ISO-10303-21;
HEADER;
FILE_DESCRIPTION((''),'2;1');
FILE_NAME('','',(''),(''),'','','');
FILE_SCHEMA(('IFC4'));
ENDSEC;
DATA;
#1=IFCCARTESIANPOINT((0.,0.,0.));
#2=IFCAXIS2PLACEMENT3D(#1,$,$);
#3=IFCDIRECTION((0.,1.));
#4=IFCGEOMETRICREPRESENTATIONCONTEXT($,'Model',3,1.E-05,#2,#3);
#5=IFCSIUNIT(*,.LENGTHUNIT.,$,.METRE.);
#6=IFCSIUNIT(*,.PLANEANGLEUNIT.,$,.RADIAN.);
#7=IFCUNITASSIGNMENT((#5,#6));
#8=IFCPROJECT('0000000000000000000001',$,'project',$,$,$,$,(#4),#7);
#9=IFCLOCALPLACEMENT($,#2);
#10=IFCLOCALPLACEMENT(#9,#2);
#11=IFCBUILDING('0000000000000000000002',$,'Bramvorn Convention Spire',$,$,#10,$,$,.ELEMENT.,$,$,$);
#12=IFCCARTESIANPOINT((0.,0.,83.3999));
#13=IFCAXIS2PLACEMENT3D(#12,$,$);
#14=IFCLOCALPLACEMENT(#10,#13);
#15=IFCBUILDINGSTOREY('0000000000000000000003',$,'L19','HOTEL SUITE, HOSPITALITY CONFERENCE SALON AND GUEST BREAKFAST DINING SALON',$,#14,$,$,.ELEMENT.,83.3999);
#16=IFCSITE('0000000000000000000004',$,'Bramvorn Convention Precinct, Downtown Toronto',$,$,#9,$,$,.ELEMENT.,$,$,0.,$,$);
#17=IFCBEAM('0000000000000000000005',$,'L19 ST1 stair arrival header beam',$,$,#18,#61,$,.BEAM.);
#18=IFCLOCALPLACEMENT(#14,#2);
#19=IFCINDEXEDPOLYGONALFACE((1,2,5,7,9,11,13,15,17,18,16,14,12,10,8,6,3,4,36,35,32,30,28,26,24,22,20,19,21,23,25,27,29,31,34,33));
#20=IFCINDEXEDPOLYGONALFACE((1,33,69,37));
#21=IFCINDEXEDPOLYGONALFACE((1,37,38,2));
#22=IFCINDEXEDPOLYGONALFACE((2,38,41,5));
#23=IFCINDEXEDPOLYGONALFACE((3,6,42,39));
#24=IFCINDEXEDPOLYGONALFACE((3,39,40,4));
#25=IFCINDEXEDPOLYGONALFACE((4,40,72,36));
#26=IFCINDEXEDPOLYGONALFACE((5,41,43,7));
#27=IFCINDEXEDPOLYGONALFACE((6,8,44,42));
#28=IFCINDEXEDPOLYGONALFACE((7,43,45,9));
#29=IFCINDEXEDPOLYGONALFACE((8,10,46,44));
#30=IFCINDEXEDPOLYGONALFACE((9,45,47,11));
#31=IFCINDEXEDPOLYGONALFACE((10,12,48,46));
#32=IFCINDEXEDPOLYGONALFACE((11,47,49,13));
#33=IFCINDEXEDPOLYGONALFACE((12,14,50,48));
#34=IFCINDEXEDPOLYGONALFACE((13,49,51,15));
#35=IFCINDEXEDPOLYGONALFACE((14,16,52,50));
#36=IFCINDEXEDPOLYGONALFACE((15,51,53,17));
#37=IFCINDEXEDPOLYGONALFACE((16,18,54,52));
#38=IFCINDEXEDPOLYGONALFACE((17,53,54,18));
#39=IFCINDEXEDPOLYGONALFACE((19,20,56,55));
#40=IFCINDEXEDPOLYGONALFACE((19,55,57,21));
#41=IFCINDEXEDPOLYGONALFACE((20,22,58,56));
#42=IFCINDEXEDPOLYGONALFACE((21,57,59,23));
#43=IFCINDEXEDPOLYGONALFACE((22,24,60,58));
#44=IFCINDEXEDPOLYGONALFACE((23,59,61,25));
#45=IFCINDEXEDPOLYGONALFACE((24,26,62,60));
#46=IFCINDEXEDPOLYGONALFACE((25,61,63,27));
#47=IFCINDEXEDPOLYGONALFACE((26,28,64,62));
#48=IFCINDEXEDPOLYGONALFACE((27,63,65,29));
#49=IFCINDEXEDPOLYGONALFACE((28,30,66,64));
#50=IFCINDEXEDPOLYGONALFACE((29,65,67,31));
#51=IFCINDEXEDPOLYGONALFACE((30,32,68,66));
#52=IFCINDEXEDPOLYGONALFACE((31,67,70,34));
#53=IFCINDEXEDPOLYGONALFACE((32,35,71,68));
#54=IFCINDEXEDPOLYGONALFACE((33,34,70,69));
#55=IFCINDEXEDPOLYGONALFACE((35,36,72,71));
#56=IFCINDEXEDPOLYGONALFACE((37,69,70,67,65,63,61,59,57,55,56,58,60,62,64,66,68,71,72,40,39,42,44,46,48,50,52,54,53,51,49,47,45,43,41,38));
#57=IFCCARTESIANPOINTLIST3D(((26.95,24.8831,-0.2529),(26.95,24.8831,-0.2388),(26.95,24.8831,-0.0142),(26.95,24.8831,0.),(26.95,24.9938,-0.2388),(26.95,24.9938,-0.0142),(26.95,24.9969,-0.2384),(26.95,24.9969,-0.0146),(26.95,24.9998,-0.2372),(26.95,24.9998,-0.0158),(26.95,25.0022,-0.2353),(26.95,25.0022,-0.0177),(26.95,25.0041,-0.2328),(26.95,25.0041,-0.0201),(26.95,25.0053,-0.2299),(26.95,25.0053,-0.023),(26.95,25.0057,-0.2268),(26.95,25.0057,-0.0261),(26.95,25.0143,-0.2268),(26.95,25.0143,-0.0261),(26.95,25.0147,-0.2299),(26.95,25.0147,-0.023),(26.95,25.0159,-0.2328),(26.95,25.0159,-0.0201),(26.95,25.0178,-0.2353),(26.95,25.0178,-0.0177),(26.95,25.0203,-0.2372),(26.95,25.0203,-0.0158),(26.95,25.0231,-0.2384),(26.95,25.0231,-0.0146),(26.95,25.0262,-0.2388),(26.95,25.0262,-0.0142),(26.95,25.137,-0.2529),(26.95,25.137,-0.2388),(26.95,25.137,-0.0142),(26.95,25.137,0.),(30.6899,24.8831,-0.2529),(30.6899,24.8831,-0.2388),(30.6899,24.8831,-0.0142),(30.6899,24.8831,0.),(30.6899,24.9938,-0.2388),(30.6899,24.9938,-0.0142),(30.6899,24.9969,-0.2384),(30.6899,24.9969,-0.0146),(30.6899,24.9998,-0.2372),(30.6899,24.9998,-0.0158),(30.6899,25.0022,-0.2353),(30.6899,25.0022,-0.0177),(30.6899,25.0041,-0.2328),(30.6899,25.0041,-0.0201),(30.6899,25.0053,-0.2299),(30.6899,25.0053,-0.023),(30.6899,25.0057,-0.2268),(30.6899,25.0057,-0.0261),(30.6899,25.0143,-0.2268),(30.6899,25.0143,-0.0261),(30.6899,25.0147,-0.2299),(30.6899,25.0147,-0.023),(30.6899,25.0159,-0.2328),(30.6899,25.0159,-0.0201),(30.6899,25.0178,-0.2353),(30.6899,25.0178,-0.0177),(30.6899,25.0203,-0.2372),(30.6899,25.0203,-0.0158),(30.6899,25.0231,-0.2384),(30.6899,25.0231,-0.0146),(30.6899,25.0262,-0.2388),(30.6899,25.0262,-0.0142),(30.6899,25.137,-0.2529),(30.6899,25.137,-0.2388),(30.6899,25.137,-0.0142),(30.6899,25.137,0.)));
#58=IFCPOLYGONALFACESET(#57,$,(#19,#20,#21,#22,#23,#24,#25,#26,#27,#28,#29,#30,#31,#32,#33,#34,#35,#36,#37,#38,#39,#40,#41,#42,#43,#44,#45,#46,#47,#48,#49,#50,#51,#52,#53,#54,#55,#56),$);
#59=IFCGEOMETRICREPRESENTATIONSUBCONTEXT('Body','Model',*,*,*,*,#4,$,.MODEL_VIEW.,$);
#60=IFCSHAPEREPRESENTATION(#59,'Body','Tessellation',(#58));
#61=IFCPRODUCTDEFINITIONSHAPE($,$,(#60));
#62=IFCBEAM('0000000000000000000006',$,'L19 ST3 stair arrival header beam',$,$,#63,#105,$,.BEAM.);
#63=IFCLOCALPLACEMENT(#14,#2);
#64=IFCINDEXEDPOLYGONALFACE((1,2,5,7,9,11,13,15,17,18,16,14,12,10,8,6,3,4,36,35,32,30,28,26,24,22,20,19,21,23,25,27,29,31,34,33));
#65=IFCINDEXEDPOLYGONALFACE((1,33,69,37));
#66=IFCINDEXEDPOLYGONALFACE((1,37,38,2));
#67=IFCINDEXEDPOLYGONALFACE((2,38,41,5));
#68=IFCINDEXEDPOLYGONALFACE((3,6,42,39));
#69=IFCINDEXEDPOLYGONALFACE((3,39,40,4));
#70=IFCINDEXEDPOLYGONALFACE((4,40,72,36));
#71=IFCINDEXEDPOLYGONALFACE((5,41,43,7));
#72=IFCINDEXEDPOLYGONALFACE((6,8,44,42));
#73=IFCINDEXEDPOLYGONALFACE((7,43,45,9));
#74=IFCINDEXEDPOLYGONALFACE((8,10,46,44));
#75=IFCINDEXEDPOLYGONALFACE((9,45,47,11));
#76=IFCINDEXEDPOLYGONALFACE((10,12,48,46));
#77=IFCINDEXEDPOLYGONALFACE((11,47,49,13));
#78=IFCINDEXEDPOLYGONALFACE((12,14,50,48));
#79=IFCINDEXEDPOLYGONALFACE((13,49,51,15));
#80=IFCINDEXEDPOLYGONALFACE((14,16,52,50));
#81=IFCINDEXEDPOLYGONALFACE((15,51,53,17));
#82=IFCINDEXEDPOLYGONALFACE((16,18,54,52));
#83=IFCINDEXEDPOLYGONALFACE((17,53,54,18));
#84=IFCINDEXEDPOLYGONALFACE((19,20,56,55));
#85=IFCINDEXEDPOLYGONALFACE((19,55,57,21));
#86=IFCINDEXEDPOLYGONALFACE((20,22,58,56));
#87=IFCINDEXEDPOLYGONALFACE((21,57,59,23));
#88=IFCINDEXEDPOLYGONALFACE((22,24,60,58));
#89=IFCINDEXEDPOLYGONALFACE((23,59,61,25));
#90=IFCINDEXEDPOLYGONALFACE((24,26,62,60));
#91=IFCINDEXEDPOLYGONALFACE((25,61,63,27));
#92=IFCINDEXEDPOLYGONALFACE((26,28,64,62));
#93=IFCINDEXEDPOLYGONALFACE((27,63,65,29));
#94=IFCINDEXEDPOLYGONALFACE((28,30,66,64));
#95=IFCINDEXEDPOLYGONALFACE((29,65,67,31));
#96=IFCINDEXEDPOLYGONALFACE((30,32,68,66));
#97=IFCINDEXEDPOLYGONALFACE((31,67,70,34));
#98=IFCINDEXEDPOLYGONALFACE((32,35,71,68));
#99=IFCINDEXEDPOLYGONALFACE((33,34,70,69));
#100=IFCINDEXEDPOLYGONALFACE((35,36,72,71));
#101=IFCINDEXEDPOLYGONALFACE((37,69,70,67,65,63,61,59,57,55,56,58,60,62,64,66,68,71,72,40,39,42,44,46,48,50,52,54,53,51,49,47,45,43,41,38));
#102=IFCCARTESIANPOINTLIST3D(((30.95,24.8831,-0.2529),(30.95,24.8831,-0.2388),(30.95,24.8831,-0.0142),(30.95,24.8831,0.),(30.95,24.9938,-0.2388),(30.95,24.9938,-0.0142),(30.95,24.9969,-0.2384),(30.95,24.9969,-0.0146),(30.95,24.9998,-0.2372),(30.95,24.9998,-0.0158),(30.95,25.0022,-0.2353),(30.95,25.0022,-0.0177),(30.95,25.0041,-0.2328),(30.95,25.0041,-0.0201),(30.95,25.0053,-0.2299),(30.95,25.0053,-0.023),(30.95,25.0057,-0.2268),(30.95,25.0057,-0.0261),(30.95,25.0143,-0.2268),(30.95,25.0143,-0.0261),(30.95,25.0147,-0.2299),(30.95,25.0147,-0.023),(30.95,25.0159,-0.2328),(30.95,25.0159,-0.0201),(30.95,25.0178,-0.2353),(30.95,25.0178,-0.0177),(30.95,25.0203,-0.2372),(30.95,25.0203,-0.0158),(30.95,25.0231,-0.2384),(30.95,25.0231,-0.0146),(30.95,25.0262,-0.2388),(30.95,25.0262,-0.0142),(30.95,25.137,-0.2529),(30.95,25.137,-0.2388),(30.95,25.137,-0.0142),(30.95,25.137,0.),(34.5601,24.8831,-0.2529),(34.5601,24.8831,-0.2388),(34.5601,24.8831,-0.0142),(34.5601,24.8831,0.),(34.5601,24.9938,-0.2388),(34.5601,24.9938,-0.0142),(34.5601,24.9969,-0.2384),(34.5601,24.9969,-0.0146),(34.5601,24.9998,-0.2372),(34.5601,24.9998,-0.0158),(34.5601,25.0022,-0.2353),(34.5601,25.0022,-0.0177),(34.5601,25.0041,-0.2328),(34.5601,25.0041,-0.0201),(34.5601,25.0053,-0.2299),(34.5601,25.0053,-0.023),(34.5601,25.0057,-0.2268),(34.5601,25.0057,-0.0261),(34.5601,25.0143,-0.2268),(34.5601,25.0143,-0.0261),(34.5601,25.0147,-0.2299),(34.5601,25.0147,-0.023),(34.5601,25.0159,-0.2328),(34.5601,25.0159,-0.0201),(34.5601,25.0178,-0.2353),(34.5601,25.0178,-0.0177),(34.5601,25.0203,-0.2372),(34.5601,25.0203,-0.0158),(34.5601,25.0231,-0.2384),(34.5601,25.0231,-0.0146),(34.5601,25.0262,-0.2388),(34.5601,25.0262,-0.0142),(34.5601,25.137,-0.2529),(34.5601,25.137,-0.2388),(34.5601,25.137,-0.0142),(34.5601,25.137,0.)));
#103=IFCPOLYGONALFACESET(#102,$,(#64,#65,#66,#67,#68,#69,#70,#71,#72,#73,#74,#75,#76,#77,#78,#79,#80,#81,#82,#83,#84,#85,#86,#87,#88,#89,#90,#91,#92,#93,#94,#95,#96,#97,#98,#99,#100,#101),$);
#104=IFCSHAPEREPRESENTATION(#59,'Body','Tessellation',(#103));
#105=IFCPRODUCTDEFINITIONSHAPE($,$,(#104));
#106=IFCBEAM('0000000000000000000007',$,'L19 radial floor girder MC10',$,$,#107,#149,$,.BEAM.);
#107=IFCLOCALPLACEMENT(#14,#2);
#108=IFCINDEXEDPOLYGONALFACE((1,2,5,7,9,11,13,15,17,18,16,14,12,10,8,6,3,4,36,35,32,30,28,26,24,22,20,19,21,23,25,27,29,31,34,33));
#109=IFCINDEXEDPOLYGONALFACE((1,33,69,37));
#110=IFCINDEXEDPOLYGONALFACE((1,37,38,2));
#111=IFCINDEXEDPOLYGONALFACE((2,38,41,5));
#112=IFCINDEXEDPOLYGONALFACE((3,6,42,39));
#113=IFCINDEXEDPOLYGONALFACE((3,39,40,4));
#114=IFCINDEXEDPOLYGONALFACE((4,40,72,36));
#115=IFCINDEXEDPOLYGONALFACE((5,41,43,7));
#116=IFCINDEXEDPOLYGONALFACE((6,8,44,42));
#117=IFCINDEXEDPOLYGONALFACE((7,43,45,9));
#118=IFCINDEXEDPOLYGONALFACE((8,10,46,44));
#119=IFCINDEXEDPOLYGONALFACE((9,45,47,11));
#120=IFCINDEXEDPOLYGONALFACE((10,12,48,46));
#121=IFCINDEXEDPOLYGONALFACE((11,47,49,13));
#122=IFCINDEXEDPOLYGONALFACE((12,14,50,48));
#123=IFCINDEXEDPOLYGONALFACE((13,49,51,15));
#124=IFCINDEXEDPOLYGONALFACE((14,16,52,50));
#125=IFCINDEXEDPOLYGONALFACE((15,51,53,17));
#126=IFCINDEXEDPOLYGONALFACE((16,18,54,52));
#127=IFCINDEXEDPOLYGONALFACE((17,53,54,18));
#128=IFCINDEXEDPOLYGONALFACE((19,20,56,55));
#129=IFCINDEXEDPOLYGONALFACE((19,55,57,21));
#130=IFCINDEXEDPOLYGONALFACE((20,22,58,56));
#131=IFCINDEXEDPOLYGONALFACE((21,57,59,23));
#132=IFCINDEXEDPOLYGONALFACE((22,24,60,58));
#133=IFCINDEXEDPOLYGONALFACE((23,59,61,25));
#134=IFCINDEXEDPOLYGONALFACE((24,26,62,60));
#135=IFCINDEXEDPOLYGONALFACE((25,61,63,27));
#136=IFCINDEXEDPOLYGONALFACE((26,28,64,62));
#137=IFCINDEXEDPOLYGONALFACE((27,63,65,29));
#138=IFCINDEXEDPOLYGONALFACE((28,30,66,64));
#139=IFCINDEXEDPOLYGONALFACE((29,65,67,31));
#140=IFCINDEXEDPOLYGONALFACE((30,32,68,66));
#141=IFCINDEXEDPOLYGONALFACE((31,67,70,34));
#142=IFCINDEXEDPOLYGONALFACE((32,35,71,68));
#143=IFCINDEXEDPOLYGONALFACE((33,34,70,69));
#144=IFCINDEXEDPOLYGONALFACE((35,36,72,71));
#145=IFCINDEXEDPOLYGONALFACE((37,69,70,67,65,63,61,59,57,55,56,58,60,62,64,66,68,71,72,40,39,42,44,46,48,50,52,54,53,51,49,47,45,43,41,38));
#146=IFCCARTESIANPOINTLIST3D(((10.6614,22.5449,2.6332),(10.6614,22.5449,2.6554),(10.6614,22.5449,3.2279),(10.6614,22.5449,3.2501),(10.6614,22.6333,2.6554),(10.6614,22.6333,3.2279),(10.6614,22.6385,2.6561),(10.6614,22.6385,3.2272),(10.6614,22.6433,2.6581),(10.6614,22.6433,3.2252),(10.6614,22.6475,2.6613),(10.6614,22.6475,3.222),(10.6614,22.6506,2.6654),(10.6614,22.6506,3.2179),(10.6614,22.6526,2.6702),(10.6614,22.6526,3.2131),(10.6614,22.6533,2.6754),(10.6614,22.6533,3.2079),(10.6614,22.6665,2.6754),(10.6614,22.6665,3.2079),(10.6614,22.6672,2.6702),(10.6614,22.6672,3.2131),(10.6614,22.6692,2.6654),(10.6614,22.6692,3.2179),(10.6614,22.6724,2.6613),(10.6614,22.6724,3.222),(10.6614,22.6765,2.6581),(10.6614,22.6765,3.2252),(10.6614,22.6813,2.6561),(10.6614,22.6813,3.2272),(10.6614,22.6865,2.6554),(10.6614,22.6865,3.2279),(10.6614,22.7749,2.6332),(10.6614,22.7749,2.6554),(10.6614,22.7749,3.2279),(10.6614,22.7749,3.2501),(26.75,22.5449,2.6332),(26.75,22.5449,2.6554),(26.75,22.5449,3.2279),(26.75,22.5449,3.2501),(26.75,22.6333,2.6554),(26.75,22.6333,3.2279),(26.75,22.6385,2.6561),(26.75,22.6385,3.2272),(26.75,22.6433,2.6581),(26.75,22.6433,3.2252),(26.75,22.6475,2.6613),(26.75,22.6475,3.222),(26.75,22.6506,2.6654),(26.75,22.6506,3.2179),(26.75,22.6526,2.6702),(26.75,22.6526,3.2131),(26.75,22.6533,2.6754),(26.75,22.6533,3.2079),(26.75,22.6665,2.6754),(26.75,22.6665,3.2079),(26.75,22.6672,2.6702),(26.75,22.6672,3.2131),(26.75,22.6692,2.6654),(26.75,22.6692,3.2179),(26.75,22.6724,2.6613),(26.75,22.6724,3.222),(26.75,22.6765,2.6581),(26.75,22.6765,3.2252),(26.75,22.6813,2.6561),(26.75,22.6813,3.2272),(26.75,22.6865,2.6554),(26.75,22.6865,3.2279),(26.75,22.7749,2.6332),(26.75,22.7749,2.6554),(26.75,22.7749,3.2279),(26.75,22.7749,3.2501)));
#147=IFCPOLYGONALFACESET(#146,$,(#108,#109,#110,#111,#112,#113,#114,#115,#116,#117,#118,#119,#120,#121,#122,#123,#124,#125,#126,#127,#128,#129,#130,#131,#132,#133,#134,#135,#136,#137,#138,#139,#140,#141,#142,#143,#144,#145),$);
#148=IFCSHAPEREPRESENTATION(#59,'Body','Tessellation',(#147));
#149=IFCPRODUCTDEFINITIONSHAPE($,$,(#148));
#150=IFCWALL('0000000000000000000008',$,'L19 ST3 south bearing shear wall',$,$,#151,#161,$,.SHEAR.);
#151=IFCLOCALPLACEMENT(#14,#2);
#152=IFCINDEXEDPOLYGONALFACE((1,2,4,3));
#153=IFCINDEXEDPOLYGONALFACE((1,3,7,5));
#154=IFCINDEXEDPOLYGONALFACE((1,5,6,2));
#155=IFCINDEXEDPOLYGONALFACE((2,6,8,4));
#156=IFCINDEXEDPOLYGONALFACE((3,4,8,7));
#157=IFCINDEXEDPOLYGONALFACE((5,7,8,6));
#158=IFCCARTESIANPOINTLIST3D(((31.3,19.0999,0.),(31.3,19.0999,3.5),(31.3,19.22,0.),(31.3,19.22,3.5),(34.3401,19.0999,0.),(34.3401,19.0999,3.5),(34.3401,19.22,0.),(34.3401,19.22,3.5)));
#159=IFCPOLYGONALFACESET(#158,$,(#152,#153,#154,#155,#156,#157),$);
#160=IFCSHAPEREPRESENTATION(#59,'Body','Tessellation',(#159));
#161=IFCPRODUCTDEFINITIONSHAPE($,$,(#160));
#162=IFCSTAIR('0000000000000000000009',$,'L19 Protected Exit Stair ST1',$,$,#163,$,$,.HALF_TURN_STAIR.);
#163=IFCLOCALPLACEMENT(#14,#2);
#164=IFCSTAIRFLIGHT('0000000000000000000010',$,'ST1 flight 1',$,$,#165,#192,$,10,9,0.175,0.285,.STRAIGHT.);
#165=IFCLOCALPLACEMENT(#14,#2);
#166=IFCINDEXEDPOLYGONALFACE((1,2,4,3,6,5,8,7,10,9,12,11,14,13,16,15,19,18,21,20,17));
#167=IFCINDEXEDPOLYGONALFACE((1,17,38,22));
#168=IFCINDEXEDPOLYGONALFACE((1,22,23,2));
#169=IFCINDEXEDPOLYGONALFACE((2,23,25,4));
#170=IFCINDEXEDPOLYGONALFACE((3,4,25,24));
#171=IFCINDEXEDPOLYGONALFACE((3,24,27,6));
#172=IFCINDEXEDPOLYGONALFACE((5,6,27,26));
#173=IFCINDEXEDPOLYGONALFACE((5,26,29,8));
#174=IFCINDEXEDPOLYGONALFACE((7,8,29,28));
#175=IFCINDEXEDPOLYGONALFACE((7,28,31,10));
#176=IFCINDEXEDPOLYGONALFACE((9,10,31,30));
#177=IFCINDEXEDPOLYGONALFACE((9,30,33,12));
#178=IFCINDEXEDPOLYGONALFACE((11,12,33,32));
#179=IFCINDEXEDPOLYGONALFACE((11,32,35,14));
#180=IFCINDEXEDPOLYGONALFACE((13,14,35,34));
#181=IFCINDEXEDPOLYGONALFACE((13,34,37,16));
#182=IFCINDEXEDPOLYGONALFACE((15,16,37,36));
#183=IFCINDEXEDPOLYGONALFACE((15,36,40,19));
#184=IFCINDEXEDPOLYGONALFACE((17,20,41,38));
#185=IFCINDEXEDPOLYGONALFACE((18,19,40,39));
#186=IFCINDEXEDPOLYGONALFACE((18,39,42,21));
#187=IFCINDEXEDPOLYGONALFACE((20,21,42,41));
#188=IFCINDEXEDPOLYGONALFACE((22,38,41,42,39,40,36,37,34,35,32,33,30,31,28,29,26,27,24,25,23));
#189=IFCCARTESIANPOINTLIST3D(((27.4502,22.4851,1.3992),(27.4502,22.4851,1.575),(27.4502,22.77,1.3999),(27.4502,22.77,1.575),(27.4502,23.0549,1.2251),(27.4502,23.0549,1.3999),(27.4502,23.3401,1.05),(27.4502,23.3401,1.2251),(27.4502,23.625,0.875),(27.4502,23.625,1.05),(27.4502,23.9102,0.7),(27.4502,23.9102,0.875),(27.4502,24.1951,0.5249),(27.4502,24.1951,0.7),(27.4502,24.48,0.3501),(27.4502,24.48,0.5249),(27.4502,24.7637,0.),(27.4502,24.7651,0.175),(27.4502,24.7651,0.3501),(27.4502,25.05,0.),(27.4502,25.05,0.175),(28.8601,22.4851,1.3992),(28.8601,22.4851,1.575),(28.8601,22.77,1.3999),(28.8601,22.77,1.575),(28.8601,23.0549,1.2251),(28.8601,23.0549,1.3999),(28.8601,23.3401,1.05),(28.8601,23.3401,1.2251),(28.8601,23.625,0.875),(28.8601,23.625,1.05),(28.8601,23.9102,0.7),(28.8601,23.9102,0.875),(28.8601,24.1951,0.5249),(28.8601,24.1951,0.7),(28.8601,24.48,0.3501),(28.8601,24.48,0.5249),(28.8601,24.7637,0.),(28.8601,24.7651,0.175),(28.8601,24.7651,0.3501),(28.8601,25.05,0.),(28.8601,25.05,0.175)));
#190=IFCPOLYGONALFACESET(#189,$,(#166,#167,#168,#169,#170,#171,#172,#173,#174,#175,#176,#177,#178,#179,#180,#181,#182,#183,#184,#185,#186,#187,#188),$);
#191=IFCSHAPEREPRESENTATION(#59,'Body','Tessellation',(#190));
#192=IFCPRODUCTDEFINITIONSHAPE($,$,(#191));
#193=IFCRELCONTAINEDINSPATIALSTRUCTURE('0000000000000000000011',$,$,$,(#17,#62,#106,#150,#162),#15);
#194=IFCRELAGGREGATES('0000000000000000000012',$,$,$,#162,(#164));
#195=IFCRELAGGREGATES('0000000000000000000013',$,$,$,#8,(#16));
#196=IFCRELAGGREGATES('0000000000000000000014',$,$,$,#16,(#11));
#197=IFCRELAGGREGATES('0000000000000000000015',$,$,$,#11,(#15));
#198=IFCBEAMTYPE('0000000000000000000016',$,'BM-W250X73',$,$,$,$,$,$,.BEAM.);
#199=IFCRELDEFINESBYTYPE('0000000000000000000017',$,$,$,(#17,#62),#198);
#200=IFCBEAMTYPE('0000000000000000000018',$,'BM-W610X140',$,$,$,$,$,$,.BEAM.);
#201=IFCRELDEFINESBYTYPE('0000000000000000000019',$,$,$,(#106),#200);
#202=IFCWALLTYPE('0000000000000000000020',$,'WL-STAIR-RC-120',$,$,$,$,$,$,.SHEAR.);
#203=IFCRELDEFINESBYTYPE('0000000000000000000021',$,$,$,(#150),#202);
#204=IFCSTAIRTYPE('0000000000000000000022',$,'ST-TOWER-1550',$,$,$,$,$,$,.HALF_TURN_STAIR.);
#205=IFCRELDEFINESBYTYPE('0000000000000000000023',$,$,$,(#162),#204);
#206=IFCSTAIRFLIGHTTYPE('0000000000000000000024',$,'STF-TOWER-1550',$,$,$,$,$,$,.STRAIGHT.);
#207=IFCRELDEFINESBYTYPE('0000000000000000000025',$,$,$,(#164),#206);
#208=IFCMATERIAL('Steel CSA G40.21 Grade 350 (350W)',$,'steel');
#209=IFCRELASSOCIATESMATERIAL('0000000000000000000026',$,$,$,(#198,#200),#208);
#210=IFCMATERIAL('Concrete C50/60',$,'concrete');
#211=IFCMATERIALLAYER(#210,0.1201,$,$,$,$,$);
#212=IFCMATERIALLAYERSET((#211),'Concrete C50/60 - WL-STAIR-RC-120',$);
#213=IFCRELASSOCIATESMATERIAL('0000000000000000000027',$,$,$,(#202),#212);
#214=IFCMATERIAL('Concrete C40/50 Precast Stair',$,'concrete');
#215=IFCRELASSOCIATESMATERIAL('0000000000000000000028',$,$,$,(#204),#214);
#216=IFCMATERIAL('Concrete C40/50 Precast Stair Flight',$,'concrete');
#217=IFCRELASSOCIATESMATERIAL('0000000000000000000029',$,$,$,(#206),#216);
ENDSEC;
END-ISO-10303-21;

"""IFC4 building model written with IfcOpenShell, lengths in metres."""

from ifc_helpers import new_model, si_unit, direction, frame, frame_2d, origin, origin_2d, place, context, subcontext, project, spatial, polyline, rectangle, i_section, outline, extrude, material, layer, layer_set, material_profile, profile_set, type_object, element, aggregate, save


model = new_model("IFC4")

# Units and contexts
model_context = context("Model", 3, precision=1e-05, world=origin(), true_north=direction((0.0, 1.0)))
body_context = subcontext(model_context, "Body", "Model", "MODEL_VIEW")
ifc_project = project(units=[si_unit("LENGTHUNIT", "METRE"), si_unit("PLANEANGLEUNIT", "RADIAN")], contexts=[model_context])

# Site, building, storey
site_placement = place(None, origin())
site = spatial("IfcSite", under=ifc_project, at=site_placement, Name="Bramvorn Convention Precinct, Downtown Toronto", CompositionType="ELEMENT", RefElevation=0.0)
building_placement = place(site_placement, origin())
building = spatial("IfcBuilding", under=site, at=building_placement, Name="Bramvorn Convention Spire", CompositionType="ELEMENT")
storey_placement = place(building_placement, frame((0.0, 0.0, 83.3999)))
storey = spatial("IfcBuildingStorey", under=building, at=storey_placement, Name="L19", Description="HOTEL SUITE, HOSPITALITY CONFERENCE SALON AND GUEST BREAKFAST DINING SALON", CompositionType="ELEMENT", Elevation=83.3999)

# Beams
ifc_material_1 = material(Name="Steel CSA G40.21 Grade 350 (350W)", Category="steel")
ifc_material_profile_1 = material_profile(ifc_material_1, i_section(OverallWidth=0.2539, OverallDepth=0.2529, WebThickness=0.0085, FlangeThickness=0.0142, FilletRadius=0.012, at=origin_2d()))
ifc_profile_set_1 = profile_set([ifc_material_profile_1], Name="Steel CSA G40.21 Grade 350 (350W) - W250X73")
beam_type_1 = type_object("IfcBeamType", Name="BM-W250X73", PredefinedType="BEAM", material=ifc_profile_set_1)
beam_1_placement = place(storey_placement, frame((26.95, 25.01, -0.1265), z_axis=(1.0, 0.0, 0.0), x_axis=(0.0, 1.0, 0.0)))
element("IfcBeam", 1, at=beam_1_placement, inside=storey, type_object=beam_type_1, Name="L19 ST1 stair arrival header beam", PredefinedType="BEAM", context=body_context, shape_type="SweptSolid", body=[
    extrude(i_section(OverallWidth=0.2539, OverallDepth=0.2529, WebThickness=0.0085, FlangeThickness=0.0142, FilletRadius=0.012, at=origin_2d()), origin(), (0.0, 0.0, 1.0), 3.74),
])
beam_2_placement = place(storey_placement, frame((30.95, 25.01, -0.1265), z_axis=(1.0, 0.0, 0.0), x_axis=(0.0, 1.0, 0.0)))
element("IfcBeam", 2, at=beam_2_placement, inside=storey, type_object=beam_type_1, Name="L19 ST3 stair arrival header beam", PredefinedType="BEAM", context=body_context, shape_type="SweptSolid", body=[
    extrude(i_section(OverallWidth=0.2539, OverallDepth=0.2529, WebThickness=0.0085, FlangeThickness=0.0142, FilletRadius=0.012, at=origin_2d()), origin(), (0.0, 0.0, 1.0), 3.6101),
])
ifc_material_profile_2 = material_profile(ifc_material_1, i_section(OverallWidth=0.23, OverallDepth=0.6169, WebThickness=0.0132, FlangeThickness=0.0222, FilletRadius=0.02, at=origin_2d()))
ifc_profile_set_2 = profile_set([ifc_material_profile_2], Name="Steel CSA G40.21 Grade 350 (350W) - W610X140")
beam_type_2 = type_object("IfcBeamType", Name="BM-W610X140", PredefinedType="BEAM", material=ifc_profile_set_2)
beam_3_placement = place(storey_placement, frame((26.75, 22.6599, 2.9417), z_axis=(-1.0, 0.0, 0.0), x_axis=(0.0, -1.0, 0.0)))
element("IfcBeam", 3, at=beam_3_placement, inside=storey, type_object=beam_type_2, Name="L19 radial floor girder MC10", PredefinedType="BEAM", context=body_context, shape_type="SweptSolid", body=[
    extrude(i_section(OverallWidth=0.23, OverallDepth=0.6169, WebThickness=0.0132, FlangeThickness=0.0222, FilletRadius=0.02, at=origin_2d()), origin(), (0.0, 0.0, 1.0), 16.0886),
])

# Wall
ifc_material_2 = material(Name="Concrete C50/60", Category="concrete")
ifc_layer = layer(ifc_material_2, 0.1201)
ifc_layer_set = layer_set([ifc_layer], Name="Concrete C50/60 - WL-STAIR-RC-120")
wall_type = type_object("IfcWallType", Name="WL-STAIR-RC-120", PredefinedType="SHEAR", material=ifc_layer_set)
wall_placement = place(storey_placement, frame((31.3, 19.1599, 0.0), z_axis=(0.0, 0.0, 1.0), x_axis=(1.0, 0.0, 0.0)))
element("IfcWall", 4, at=wall_placement, inside=storey, type_object=wall_type, Name="L19 ST3 south bearing shear wall", PredefinedType="SHEAR", context=body_context, shape_type="SweptSolid", body=[
    extrude(rectangle(XDim=3.04, YDim=0.1201, at=frame_2d((1.52, 0.0))), origin(), (0.0, 0.0, 1.0), 3.5),
])

# Stair, stair flight
ifc_material_3 = material(Name="Concrete C40/50 Precast Stair", Category="concrete")
stair_type = type_object("IfcStairType", Name="ST-TOWER-1550", PredefinedType="HALF_TURN_STAIR", material=ifc_material_3)
stair_1_placement = place(storey_placement, origin())
stair_1 = element("IfcStair", 5, at=stair_1_placement, inside=storey, type_object=stair_type, Name="L19 Protected Exit Stair ST1", PredefinedType="HALF_TURN_STAIR")
ifc_material_4 = material(Name="Concrete C40/50 Precast Stair Flight", Category="concrete")
stair_flight_type = type_object("IfcStairFlightType", Name="STF-TOWER-1550", PredefinedType="STRAIGHT", material=ifc_material_4)
stair_flight_1_placement = place(storey_placement, frame((28.155, 25.05, 0.0), z_axis=(0.0, 0.0, 1.0), x_axis=(0.0, -1.0, 0.0)))
stair_flight_1 = element("IfcStairFlight", 6, at=stair_flight_1_placement, type_object=stair_flight_type, Name="ST1 flight 1", NumberOfRisers=10, NumberOfTreads=9, PredefinedType="STRAIGHT", RiserHeight=0.175, TreadLength=0.285, context=body_context, shape_type="SweptSolid", body=[
    extrude(outline(polyline([(0.0, 0.0), (0.0, 0.175), (0.2849, 0.175), (0.2849, 0.3501), (0.5701, 0.3501), (0.5701, 0.5249), (0.855, 0.5249), (0.855, 0.7), (1.1399, 0.7), (1.1399, 0.875), (1.425, 0.875), (1.425, 1.05), (1.71, 1.05), (1.71, 1.2251), (1.9951, 1.2251), (1.9951, 1.3999), (2.28, 1.3999), (2.28, 1.575), (2.5649, 1.575), (2.5649, 1.75), (2.5649, 1.3992), (0.2864, 0.0), (0.0, 0.0)])), frame((0.0, 0.7051, 0.0), z_axis=(0.0, -1.0, 0.0), x_axis=(1.0, 0.0, 0.0)), (0.0, 0.0, 1.0), 1.4099),
])
aggregate(stair_1, [stair_flight_1])

save(model, "model.ifc")
